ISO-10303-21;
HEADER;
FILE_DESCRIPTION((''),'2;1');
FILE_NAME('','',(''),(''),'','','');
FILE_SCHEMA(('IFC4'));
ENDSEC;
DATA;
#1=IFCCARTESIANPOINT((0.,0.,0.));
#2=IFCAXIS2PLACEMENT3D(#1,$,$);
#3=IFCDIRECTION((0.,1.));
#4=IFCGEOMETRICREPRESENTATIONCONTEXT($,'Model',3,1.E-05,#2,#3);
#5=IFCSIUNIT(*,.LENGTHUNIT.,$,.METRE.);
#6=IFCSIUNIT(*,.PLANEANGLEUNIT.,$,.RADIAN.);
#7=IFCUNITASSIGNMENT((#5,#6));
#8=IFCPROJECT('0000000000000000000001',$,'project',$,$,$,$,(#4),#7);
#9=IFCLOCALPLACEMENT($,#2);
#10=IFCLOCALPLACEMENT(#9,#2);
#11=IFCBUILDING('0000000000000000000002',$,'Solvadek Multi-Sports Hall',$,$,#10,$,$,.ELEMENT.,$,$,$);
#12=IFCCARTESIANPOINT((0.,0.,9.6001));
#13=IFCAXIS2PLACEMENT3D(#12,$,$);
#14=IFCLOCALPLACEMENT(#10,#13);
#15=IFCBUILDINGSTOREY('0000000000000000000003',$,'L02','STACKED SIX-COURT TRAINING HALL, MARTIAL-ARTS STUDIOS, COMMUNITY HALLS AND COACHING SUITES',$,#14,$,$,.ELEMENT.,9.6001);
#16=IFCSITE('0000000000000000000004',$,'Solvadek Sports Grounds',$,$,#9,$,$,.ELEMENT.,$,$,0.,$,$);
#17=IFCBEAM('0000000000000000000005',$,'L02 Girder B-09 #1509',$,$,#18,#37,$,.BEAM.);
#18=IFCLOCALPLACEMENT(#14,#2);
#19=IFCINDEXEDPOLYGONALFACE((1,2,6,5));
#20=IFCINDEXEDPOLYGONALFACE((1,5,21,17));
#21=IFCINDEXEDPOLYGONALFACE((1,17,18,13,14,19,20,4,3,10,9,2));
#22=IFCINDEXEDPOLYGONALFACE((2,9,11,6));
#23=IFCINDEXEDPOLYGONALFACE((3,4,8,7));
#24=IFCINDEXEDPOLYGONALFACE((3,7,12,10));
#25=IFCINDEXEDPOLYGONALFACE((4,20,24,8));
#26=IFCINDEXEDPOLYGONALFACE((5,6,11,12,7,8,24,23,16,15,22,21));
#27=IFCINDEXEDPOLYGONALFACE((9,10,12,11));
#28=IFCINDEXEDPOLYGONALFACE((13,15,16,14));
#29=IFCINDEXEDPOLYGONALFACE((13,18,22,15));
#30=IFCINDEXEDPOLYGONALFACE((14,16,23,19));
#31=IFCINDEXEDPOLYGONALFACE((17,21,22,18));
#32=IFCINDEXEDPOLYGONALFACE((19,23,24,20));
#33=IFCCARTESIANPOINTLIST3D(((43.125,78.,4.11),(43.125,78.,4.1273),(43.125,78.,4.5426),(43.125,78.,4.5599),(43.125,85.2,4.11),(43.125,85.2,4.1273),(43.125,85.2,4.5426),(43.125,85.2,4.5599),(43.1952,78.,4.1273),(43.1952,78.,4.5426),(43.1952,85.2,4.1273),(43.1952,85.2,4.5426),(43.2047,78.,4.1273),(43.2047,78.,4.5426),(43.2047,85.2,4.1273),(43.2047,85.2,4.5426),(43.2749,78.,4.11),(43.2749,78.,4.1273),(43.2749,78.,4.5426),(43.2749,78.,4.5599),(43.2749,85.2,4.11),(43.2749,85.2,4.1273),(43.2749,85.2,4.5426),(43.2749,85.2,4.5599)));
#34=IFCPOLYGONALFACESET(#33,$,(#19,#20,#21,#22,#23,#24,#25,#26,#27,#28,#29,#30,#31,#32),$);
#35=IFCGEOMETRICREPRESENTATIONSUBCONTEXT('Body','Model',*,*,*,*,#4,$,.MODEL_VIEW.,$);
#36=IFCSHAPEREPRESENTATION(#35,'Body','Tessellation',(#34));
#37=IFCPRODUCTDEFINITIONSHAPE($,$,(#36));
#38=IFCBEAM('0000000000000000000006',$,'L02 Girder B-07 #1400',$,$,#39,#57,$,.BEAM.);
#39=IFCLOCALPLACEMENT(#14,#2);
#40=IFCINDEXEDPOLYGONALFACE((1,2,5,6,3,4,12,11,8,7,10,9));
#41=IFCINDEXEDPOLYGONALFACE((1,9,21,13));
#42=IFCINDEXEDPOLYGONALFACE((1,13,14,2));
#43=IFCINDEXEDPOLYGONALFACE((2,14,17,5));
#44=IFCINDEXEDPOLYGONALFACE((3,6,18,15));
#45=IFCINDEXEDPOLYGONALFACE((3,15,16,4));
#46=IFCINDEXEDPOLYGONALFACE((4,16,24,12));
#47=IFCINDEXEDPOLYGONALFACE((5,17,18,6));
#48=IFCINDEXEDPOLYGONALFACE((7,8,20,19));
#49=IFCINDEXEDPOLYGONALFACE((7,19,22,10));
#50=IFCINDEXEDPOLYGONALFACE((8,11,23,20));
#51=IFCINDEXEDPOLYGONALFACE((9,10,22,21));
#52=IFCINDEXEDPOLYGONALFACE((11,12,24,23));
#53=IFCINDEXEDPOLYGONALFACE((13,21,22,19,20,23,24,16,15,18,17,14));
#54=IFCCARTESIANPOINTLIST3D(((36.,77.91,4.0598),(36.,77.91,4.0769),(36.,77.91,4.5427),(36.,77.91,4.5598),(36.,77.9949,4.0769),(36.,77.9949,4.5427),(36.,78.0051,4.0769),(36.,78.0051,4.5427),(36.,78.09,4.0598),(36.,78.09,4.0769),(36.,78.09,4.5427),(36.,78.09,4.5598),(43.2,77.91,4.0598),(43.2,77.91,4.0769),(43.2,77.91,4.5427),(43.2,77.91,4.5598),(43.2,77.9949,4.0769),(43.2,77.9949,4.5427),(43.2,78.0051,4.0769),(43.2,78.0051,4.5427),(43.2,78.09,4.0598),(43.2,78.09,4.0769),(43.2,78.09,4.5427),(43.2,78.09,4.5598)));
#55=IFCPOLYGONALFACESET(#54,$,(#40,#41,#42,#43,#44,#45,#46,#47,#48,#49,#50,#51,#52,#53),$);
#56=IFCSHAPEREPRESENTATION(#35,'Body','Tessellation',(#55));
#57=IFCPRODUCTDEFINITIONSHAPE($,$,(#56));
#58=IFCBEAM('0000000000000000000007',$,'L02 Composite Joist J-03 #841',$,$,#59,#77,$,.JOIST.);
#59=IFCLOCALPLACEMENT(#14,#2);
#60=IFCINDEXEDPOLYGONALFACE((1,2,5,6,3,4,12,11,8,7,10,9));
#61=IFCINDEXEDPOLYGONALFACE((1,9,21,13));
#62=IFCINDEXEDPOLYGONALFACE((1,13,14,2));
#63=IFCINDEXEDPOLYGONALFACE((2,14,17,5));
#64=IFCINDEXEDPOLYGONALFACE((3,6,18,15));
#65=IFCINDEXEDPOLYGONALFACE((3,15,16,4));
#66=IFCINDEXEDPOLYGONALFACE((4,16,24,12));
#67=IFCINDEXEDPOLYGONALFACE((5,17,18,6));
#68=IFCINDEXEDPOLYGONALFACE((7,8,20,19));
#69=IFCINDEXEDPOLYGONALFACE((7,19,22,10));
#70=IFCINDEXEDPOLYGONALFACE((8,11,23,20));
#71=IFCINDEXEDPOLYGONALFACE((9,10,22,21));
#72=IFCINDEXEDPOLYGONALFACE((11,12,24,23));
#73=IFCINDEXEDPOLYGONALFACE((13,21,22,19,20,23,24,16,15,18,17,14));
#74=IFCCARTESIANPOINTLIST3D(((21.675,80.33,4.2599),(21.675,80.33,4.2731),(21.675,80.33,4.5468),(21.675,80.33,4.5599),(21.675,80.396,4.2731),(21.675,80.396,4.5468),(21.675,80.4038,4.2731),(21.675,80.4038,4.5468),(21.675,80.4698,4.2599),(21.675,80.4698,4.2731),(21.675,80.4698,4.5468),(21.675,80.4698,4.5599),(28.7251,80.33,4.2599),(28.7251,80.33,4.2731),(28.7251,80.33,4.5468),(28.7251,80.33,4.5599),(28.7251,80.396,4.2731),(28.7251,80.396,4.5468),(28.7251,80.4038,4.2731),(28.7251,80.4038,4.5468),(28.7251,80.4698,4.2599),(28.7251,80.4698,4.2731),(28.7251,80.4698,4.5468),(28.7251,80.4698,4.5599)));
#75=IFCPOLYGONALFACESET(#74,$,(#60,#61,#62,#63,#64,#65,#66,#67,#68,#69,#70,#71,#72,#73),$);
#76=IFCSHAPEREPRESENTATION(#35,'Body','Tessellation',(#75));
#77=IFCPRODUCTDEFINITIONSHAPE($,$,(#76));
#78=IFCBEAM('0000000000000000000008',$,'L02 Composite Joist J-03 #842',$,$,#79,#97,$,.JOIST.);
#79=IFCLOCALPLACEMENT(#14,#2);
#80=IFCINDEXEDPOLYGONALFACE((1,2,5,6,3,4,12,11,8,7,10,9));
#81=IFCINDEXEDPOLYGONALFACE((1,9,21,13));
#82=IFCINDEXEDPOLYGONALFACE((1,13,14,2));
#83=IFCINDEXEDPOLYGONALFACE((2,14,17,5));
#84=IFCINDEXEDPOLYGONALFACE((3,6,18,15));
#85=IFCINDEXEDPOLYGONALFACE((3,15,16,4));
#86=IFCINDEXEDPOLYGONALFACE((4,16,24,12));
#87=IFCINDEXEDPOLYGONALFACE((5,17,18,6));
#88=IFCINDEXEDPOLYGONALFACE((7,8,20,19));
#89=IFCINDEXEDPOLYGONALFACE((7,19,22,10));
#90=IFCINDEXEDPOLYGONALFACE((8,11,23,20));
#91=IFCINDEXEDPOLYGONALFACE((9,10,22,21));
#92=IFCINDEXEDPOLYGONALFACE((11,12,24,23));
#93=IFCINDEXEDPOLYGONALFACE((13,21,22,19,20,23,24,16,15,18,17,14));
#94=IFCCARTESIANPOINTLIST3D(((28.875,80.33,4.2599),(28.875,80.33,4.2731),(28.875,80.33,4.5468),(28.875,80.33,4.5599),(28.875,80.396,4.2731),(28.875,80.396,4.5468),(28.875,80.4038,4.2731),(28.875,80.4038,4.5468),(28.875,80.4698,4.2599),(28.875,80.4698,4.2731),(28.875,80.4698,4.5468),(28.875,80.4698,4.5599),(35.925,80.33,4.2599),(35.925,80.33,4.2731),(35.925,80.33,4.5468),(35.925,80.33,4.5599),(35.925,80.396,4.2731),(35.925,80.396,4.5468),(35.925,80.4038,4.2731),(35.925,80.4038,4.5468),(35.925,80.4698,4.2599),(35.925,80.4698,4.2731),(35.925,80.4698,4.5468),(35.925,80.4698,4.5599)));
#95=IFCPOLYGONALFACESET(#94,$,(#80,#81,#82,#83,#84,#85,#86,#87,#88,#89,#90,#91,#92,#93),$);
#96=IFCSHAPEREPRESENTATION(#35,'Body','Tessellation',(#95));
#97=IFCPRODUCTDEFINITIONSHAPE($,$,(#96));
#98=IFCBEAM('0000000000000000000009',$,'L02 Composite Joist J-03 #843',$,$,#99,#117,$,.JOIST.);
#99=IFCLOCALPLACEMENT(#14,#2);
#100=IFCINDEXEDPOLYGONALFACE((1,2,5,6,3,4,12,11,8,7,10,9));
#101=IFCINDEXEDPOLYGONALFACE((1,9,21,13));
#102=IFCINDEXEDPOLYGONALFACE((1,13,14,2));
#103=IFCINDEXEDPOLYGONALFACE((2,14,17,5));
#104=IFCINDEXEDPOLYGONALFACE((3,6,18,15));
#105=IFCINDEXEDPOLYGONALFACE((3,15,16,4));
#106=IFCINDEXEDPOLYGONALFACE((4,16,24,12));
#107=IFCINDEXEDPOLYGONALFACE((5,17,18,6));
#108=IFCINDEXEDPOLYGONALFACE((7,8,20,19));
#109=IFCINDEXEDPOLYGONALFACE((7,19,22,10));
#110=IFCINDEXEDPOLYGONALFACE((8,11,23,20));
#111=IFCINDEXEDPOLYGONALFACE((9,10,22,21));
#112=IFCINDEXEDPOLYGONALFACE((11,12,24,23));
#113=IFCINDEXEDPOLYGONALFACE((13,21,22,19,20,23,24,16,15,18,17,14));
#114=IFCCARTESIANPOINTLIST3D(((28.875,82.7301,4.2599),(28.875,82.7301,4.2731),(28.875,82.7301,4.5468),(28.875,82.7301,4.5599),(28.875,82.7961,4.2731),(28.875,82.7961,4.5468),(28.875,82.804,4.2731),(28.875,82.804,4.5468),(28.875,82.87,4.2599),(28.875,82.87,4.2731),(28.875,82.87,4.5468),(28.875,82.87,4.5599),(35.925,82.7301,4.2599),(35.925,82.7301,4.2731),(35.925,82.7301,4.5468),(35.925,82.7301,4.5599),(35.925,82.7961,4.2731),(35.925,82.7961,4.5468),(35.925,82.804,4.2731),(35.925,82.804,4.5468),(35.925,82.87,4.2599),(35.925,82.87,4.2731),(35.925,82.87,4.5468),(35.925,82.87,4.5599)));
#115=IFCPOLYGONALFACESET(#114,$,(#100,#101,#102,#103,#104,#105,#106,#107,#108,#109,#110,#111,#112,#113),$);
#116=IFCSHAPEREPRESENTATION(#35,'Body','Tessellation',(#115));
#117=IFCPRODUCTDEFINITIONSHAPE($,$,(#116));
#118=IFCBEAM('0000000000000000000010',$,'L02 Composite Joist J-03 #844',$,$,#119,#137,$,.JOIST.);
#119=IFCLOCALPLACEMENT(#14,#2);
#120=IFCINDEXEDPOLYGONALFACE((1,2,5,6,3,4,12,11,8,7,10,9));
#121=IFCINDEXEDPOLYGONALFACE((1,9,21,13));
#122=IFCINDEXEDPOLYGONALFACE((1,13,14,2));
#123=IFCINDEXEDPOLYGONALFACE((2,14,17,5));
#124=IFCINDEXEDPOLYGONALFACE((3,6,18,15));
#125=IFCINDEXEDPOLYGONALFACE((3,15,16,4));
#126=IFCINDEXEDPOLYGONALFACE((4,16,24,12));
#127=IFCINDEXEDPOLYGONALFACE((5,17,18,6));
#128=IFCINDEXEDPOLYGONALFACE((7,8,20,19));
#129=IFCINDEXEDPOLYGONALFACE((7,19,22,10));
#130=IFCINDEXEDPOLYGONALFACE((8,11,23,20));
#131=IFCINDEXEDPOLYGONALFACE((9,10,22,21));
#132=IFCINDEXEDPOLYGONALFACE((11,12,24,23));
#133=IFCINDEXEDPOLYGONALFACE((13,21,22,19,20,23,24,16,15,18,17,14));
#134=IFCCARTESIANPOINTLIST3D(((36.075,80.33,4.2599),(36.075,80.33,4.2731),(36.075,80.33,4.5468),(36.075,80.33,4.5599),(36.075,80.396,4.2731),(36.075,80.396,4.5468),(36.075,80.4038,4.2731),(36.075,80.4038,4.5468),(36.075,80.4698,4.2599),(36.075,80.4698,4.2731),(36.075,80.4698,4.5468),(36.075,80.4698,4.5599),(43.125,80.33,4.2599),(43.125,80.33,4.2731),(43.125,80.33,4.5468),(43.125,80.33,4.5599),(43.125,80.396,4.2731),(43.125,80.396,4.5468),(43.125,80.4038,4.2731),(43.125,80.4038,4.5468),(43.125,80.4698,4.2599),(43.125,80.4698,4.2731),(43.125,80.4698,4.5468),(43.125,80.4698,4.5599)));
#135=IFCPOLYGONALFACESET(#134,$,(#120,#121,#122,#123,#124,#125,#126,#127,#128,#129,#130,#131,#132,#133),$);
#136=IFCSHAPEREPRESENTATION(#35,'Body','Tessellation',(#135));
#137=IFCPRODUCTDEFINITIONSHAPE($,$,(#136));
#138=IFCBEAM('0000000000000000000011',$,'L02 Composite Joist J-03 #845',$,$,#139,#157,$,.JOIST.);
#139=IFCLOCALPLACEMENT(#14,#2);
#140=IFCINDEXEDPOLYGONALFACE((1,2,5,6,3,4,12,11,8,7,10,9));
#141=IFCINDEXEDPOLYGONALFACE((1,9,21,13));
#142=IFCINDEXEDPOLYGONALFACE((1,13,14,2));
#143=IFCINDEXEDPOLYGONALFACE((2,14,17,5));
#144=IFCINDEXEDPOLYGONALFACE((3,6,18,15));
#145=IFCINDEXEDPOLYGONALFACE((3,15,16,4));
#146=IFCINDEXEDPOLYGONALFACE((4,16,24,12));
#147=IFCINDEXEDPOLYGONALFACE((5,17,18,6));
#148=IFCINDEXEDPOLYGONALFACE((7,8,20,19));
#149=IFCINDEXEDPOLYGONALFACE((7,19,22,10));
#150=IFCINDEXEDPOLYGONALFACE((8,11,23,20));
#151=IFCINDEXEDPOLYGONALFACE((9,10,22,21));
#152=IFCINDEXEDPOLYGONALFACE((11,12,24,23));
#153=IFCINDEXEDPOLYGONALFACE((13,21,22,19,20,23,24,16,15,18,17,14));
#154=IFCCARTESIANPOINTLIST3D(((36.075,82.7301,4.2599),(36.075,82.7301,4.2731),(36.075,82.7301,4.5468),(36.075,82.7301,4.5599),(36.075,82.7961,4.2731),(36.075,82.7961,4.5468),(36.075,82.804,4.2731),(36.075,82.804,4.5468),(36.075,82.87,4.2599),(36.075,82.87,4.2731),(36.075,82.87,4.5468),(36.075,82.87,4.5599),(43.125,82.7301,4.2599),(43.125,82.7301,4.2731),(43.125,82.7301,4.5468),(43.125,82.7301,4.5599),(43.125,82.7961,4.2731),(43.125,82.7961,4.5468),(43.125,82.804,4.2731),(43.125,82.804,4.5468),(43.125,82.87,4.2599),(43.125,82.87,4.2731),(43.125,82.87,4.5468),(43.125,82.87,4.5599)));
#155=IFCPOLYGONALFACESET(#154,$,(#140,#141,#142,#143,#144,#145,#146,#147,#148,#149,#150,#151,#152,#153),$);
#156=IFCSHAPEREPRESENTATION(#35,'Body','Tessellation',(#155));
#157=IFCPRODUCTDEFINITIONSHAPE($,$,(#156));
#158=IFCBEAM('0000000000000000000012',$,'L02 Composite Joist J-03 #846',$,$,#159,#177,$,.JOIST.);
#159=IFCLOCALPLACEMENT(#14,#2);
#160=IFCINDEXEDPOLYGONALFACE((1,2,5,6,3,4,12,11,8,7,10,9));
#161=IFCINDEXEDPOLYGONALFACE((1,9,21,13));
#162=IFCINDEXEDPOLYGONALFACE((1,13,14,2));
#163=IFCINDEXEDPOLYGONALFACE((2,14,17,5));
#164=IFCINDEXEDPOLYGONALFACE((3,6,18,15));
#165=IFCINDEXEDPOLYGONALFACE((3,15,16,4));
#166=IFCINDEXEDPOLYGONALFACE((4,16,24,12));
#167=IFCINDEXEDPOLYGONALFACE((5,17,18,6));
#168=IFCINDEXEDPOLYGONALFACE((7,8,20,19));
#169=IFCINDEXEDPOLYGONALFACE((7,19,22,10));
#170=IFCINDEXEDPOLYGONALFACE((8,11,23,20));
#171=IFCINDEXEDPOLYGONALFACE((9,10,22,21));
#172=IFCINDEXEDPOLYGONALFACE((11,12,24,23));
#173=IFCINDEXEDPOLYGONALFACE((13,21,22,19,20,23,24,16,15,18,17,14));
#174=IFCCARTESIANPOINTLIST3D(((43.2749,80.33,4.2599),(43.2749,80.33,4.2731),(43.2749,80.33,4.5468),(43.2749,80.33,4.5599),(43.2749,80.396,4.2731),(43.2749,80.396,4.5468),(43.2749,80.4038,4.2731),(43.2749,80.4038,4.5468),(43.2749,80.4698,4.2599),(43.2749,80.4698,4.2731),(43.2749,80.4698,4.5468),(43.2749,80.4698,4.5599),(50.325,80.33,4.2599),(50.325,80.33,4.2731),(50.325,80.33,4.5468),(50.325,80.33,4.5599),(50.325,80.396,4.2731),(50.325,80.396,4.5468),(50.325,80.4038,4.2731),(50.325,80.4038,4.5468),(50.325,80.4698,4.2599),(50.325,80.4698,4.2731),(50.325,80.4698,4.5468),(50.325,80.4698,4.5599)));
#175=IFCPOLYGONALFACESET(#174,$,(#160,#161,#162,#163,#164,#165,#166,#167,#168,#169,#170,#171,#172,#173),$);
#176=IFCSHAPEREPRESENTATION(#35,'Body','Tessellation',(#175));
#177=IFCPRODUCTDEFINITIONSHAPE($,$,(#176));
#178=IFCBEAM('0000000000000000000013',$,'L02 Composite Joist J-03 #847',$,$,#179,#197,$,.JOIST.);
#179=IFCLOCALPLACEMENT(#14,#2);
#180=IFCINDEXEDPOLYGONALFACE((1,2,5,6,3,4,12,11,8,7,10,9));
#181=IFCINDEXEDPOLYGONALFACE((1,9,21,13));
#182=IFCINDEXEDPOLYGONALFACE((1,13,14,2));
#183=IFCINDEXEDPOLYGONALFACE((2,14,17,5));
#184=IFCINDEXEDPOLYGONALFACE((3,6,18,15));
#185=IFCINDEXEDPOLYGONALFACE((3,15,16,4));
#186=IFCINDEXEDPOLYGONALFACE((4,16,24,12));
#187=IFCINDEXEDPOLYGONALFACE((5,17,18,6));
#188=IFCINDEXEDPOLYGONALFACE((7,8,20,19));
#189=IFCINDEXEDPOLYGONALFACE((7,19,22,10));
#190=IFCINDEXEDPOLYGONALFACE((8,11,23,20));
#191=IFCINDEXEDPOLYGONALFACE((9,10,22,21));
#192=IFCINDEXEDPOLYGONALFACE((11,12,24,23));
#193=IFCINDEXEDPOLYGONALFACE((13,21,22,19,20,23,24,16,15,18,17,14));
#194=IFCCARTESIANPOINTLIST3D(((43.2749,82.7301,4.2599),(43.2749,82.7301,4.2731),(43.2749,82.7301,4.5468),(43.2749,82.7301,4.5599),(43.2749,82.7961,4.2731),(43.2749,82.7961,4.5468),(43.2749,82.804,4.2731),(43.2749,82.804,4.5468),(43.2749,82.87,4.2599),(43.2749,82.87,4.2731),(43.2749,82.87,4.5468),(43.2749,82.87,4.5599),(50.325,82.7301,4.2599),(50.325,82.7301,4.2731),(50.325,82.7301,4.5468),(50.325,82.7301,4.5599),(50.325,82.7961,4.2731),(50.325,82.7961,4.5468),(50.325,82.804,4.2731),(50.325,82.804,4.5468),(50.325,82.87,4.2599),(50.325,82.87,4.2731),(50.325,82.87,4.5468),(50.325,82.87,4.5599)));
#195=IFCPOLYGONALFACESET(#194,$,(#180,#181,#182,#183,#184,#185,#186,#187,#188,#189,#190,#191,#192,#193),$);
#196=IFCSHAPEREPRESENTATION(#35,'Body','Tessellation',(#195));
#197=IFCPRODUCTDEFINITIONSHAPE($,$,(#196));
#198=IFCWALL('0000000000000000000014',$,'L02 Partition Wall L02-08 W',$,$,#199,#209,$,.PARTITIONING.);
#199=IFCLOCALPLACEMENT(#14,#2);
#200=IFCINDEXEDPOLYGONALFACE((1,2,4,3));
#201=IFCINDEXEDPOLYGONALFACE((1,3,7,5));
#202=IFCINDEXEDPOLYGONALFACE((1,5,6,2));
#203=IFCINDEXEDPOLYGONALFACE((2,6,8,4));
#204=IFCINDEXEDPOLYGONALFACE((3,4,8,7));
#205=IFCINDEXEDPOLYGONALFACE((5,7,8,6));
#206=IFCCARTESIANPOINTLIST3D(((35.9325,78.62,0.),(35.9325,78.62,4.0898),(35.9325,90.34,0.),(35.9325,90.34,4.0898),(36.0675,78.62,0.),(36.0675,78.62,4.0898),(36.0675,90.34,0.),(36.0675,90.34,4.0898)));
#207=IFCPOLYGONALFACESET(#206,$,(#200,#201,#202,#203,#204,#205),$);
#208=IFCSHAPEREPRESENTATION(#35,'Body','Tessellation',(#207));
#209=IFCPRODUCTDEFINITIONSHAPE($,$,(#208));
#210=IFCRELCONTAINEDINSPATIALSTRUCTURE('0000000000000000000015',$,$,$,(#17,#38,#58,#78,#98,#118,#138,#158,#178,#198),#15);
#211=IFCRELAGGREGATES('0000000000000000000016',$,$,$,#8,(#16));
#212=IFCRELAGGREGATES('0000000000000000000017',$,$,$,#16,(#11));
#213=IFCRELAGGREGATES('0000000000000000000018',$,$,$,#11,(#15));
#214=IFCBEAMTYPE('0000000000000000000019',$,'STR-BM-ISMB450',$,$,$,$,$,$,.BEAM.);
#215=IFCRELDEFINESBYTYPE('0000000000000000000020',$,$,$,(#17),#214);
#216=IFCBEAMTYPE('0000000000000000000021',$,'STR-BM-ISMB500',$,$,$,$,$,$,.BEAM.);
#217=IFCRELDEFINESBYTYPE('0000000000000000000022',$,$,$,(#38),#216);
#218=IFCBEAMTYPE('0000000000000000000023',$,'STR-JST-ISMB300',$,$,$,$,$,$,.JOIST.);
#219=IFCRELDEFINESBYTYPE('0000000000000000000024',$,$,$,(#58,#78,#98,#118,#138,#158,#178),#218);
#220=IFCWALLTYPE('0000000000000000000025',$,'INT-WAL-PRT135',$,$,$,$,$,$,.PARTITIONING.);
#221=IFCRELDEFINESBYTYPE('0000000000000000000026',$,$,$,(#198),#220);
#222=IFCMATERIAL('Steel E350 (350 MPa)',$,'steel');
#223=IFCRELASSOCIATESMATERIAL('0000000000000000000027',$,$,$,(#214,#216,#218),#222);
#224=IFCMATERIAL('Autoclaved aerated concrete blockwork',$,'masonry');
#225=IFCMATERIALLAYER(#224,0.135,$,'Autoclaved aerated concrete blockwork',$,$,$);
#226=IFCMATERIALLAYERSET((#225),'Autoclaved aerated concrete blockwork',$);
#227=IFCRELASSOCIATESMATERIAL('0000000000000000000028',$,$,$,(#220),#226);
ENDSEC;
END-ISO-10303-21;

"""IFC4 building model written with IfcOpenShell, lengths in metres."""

from ifc_helpers import new_model, si_unit, direction, frame, frame_2d, origin, origin_2d, place, context, subcontext, project, spatial, rectangle, i_section, extrude, material, layer, layer_set, material_profile, profile_set, type_object, element, save


model = new_model("IFC4")

# Units and contexts
model_context = context("Model", 3, precision=1e-05, world=origin(), true_north=direction((0.0, 1.0)))
body_context = subcontext(model_context, "Body", "Model", "MODEL_VIEW")
ifc_project = project(units=[si_unit("LENGTHUNIT", "METRE"), si_unit("PLANEANGLEUNIT", "RADIAN")], contexts=[model_context])

# Site, building, storey
site_placement = place(None, origin())
site = spatial("IfcSite", under=ifc_project, at=site_placement, Name="Solvadek Sports Grounds", CompositionType="ELEMENT", RefElevation=0.0)
building_placement = place(site_placement, origin())
building = spatial("IfcBuilding", under=site, at=building_placement, Name="Solvadek Multi-Sports Hall", CompositionType="ELEMENT")
storey_placement = place(building_placement, frame((0.0, 0.0, 9.6001)))
storey = spatial("IfcBuildingStorey", under=building, at=storey_placement, Name="L02", Description="STACKED SIX-COURT TRAINING HALL, MARTIAL-ARTS STUDIOS, COMMUNITY HALLS AND COACHING SUITES", CompositionType="ELEMENT", Elevation=9.6001)

# Shared definitions
ifc_material_1 = material(Name="Steel E350 (350 MPa)", Category="steel")

# Beams
ifc_material_profile_1 = material_profile(ifc_material_1, i_section(OverallWidth=0.1499, OverallDepth=0.45, WebThickness=0.0095, FlangeThickness=0.0173, at=origin_2d()), Name="ISMB 450")
ifc_profile_set_1 = profile_set([ifc_material_profile_1], Name="Steel E350 (350 MPa)")
beam_type_1 = type_object("IfcBeamType", Name="STR-BM-ISMB450", PredefinedType="BEAM", material=ifc_profile_set_1)
for number, where, z_axis, x_axis, name in (
    (1, (43.2, 78.0, 4.335), (0.0, 1.0, 0.0), (-1.0, 0.0, 0.0), "L02 Girder B-09 #1509"),
):
    element("IfcBeam", number, at=place(storey_placement, frame(where, z_axis=z_axis, x_axis=x_axis)), inside=storey, type_object=beam_type_1, Name=name, PredefinedType="BEAM", context=body_context, shape_type="SweptSolid", body=[
        extrude(i_section(OverallWidth=0.1499, OverallDepth=0.45, WebThickness=0.0095, FlangeThickness=0.0173, at=origin_2d()), origin(), (0.0, 0.0, 1.0), 7.2),
    ])
ifc_material_profile_2 = material_profile(ifc_material_1, i_section(OverallWidth=0.1799, OverallDepth=0.5, WebThickness=0.0103, FlangeThickness=0.0171, at=origin_2d()), Name="ISMB 500")
ifc_profile_set_2 = profile_set([ifc_material_profile_2], Name="Steel E350 (350 MPa)")
beam_type_2 = type_object("IfcBeamType", Name="STR-BM-ISMB500", PredefinedType="BEAM", material=ifc_profile_set_2)
beam_placement = place(storey_placement, frame((36.0, 78.0, 4.3098), z_axis=(1.0, 0.0, 0.0), x_axis=(0.0, 1.0, 0.0)))
element("IfcBeam", 2, at=beam_placement, inside=storey, type_object=beam_type_2, Name="L02 Girder B-07 #1400", PredefinedType="BEAM", context=body_context, shape_type="SweptSolid", body=[
    extrude(i_section(OverallWidth=0.1799, OverallDepth=0.5, WebThickness=0.0103, FlangeThickness=0.0171, at=origin_2d()), origin(), (0.0, 0.0, 1.0), 7.2),
])
ifc_material_profile_3 = material_profile(ifc_material_1, i_section(OverallWidth=0.1399, OverallDepth=0.3, WebThickness=0.0078, FlangeThickness=0.0132, at=origin_2d()), Name="ISMB 300")
ifc_profile_set_3 = profile_set([ifc_material_profile_3], Name="Steel E350 (350 MPa)")
beam_type_3 = type_object("IfcBeamType", Name="STR-JST-ISMB300", PredefinedType="JOIST", material=ifc_profile_set_3)
for number, where, z_axis, x_axis, name in (
    (3, (21.675, 80.3999, 4.4099), (1.0, 0.0, 0.0), (0.0, 1.0, 0.0), "L02 Composite Joist J-03 #841"),
    (4, (28.875, 80.3999, 4.4099), (1.0, 0.0, 0.0), (0.0, 1.0, 0.0), "L02 Composite Joist J-03 #842"),
    (5, (28.875, 82.8, 4.4099), (1.0, 0.0, 0.0), (0.0, 1.0, 0.0), "L02 Composite Joist J-03 #843"),
    (6, (36.075, 80.3999, 4.4099), (1.0, 0.0, 0.0), (0.0, 1.0, 0.0), "L02 Composite Joist J-03 #844"),
    (7, (36.075, 82.8, 4.4099), (1.0, 0.0, 0.0), (0.0, 1.0, 0.0), "L02 Composite Joist J-03 #845"),
    (8, (43.2749, 80.3999, 4.4099), (1.0, 0.0, 0.0), (0.0, 1.0, 0.0), "L02 Composite Joist J-03 #846"),
    (9, (43.2749, 82.8, 4.4099), (1.0, 0.0, 0.0), (0.0, 1.0, 0.0), "L02 Composite Joist J-03 #847"),
):
    element("IfcBeam", number, at=place(storey_placement, frame(where, z_axis=z_axis, x_axis=x_axis)), inside=storey, type_object=beam_type_3, Name=name, PredefinedType="JOIST", context=body_context, shape_type="SweptSolid", body=[
        extrude(i_section(OverallWidth=0.1399, OverallDepth=0.3, WebThickness=0.0078, FlangeThickness=0.0132, at=origin_2d()), origin(), (0.0, 0.0, 1.0), 7.05),
    ])

# Wall
ifc_material_2 = material(Name="Autoclaved aerated concrete blockwork", Category="masonry")
ifc_layer_1 = layer(ifc_material_2, 0.135, Name="Autoclaved aerated concrete blockwork")
ifc_layer_set_1 = layer_set([ifc_layer_1], Name="Autoclaved aerated concrete blockwork")
wall_type_1 = type_object("IfcWallType", Name="INT-WAL-PRT135", PredefinedType="PARTITIONING", material=ifc_layer_set_1)
wall_1_placement = place(storey_placement, frame((36.0, 78.6201, 0.0), z_axis=(0.0, 0.0, 1.0), x_axis=(0.0, 1.0, 0.0)))
element("IfcWall", 10, at=wall_1_placement, inside=storey, type_object=wall_type_1, Name="L02 Partition Wall L02-08 W", PredefinedType="PARTITIONING", context=body_context, shape_type="SweptSolid", body=[
    extrude(rectangle(XDim=11.72, YDim=0.135, at=frame_2d((5.8599, 0.0))), origin(), (0.0, 0.0, 1.0), 4.0898),
])

save(model, "model.ifc")
